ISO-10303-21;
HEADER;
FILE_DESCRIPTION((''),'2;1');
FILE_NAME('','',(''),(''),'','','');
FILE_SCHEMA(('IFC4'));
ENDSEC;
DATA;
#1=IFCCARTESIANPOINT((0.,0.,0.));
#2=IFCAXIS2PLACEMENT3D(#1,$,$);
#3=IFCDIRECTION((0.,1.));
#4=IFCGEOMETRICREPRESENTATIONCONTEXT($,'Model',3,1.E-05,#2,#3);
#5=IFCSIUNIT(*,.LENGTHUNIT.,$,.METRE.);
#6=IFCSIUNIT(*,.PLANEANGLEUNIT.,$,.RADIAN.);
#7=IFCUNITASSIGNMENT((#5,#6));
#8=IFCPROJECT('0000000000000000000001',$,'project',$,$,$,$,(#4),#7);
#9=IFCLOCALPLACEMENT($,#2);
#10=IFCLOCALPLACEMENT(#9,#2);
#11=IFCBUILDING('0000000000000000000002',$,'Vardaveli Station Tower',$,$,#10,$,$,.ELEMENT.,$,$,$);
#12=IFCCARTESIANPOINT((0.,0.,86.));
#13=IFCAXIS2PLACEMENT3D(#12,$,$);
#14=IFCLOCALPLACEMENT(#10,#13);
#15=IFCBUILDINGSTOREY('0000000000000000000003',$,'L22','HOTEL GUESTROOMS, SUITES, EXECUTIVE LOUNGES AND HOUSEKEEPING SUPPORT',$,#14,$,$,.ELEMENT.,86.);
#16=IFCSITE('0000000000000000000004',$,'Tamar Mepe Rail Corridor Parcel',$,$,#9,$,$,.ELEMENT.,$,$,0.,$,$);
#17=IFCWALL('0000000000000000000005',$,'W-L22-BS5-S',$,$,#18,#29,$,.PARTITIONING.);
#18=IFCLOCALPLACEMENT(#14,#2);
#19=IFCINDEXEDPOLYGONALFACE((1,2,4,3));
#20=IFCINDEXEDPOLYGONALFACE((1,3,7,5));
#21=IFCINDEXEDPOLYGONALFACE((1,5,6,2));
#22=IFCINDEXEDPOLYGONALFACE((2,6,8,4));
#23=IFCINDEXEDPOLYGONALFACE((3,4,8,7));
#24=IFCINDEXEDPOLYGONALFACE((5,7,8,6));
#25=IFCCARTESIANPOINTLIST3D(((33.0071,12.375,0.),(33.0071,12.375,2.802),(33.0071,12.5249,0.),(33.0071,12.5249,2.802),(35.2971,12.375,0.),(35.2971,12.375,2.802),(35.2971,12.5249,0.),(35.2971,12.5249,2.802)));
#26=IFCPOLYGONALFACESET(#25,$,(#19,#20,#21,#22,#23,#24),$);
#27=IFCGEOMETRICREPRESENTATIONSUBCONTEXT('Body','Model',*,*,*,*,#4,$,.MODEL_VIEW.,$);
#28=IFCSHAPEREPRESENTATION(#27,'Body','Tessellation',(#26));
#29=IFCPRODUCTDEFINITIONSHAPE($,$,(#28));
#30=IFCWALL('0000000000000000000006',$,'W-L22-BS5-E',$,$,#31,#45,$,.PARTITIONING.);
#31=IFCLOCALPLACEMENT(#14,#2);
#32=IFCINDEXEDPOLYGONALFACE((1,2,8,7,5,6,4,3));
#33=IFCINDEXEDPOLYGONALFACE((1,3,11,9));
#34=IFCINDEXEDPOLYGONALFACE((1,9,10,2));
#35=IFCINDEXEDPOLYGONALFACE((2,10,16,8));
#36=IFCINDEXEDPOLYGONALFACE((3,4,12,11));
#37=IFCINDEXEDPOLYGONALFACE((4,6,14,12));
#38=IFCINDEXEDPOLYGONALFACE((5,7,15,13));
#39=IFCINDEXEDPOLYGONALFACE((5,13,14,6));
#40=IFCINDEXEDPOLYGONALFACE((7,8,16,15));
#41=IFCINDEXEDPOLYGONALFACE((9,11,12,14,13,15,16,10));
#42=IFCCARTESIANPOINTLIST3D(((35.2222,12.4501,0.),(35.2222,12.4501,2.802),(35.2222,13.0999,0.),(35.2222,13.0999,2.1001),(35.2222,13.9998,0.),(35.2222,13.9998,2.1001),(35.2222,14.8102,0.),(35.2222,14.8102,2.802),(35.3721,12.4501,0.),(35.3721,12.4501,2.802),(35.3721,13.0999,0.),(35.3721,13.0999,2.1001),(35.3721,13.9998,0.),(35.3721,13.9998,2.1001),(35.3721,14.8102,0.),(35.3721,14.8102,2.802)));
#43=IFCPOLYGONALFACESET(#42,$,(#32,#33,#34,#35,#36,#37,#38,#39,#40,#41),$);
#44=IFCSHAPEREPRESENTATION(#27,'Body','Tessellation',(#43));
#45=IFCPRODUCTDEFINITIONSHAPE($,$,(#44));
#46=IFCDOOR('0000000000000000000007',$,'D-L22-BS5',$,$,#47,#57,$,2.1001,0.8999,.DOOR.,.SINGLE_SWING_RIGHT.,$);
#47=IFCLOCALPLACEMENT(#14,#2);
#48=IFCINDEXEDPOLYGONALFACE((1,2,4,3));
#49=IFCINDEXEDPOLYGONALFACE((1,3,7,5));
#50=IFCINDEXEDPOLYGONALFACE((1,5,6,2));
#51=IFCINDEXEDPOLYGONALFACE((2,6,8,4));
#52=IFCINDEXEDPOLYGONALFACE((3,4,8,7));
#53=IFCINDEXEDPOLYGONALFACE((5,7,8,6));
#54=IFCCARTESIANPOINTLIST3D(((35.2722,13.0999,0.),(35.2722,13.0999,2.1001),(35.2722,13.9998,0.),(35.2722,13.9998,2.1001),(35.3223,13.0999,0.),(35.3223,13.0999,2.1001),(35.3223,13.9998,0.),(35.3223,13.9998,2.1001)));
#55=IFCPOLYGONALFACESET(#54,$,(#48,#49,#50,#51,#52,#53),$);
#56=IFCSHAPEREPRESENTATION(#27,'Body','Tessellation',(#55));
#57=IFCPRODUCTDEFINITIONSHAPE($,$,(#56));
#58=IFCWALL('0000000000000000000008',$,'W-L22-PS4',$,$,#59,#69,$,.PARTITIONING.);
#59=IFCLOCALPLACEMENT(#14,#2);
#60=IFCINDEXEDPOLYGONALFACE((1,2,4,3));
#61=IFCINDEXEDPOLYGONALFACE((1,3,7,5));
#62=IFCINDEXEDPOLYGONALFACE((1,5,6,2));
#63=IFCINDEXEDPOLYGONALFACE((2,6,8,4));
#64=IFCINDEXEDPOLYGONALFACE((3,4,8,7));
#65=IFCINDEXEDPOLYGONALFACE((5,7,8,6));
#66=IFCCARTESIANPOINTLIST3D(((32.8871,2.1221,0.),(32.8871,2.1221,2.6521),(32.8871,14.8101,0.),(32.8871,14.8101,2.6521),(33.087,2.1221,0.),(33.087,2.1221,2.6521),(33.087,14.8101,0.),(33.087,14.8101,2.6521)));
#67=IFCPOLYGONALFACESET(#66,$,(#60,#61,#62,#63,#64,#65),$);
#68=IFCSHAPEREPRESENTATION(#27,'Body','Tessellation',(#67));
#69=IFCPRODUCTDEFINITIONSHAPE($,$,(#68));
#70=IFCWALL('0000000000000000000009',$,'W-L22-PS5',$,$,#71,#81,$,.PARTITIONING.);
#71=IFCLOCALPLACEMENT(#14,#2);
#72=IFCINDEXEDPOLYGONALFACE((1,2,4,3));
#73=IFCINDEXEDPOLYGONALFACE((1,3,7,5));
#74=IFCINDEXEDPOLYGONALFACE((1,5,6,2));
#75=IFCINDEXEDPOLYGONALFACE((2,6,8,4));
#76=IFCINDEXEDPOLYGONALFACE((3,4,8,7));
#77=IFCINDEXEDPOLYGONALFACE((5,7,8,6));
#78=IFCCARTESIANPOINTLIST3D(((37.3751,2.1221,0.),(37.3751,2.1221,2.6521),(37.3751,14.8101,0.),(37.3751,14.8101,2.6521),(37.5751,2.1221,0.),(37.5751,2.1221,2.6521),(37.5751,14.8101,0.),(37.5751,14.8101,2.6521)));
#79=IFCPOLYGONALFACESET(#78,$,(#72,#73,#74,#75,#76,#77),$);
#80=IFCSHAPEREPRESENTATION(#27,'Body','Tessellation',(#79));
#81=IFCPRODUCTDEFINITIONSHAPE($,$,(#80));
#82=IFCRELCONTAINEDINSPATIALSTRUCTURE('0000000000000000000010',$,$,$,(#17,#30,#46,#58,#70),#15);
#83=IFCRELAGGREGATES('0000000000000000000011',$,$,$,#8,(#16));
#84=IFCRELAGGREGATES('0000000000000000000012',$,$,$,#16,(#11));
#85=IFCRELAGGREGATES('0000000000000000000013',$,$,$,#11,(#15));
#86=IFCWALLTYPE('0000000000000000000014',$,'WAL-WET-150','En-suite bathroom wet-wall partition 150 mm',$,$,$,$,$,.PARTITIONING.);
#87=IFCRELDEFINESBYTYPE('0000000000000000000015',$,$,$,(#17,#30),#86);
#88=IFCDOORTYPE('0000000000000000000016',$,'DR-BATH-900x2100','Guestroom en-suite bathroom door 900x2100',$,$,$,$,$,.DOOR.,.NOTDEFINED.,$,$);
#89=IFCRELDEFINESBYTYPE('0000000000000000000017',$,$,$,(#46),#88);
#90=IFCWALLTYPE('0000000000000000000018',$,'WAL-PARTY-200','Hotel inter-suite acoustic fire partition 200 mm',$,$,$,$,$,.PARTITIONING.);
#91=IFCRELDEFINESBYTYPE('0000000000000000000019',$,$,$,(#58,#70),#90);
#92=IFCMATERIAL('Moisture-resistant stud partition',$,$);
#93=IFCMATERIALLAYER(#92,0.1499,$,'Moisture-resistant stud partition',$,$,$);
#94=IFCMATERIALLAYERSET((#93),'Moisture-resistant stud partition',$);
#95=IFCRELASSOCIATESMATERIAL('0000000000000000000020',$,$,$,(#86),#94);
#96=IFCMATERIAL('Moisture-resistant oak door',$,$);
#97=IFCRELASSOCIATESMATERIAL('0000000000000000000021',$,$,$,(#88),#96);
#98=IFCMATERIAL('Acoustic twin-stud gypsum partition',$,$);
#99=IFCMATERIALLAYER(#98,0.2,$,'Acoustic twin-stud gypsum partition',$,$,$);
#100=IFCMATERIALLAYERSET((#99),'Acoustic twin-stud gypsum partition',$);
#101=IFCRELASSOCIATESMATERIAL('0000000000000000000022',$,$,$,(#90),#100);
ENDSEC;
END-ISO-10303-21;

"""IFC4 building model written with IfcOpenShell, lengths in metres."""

from ifc_helpers import new_model, si_unit, direction, frame, frame_2d, origin, place, context, subcontext, project, spatial, rectangle, extrude, source, transform, mapped, material, layer, layer_set, type_object, element, fill, save


model = new_model("IFC4")

# Units and contexts
model_context = context("Model", 3, precision=1e-05, world=origin(), true_north=direction((0.0, 1.0)))
body_context = subcontext(model_context, "Body", "Model", "MODEL_VIEW")
ifc_project = project(units=[si_unit("LENGTHUNIT", "METRE"), si_unit("PLANEANGLEUNIT", "RADIAN")], contexts=[model_context])

# Site, building, storey
site_placement = place(None, origin())
site = spatial("IfcSite", under=ifc_project, at=site_placement, Name="Tamar Mepe Rail Corridor Parcel", CompositionType="ELEMENT", RefElevation=0.0)
building_placement = place(site_placement, origin())
building = spatial("IfcBuilding", under=site, at=building_placement, Name="Vardaveli Station Tower", CompositionType="ELEMENT")
storey_placement = place(building_placement, frame((0.0, 0.0, 86.0)))
storey = spatial("IfcBuildingStorey", under=building, at=storey_placement, Name="L22", Description="HOTEL GUESTROOMS, SUITES, EXECUTIVE LOUNGES AND HOUSEKEEPING SUPPORT", CompositionType="ELEMENT", Elevation=86.0)

# Wall
ifc_material_1 = material(Name="Moisture-resistant stud partition")
ifc_layer_1 = layer(ifc_material_1, 0.1499, Name="Moisture-resistant stud partition")
ifc_layer_set_1 = layer_set([ifc_layer_1], Name="Moisture-resistant stud partition")
wall_type_1 = type_object("IfcWallType", Name="WAL-WET-150", Description="En-suite bathroom wet-wall partition 150 mm", PredefinedType="PARTITIONING", material=ifc_layer_set_1)
shared_shape_1 = source(origin(), body_context, "Body", "SweptSolid", [
    extrude(rectangle(XDim=2.29, YDim=0.1499, at=frame_2d((1.145, 0.0))), origin(), (0.0, 0.0, 1.0), 2.802),
])
wall_1_placement = place(storey_placement, frame((33.0071, 12.45, 0.0), z_axis=(0.0, 0.0, 1.0), x_axis=(1.0, 0.0, 0.0)))
element("IfcWall", 1, at=wall_1_placement, inside=storey, type_object=wall_type_1, Name="W-L22-BS5-S", PredefinedType="PARTITIONING", context=body_context, shape_type="MappedRepresentation", body=[
    mapped(shared_shape_1, transform((0.0, 0.0, 0.0), scale=1.0)),
])

# Wall, opening, door
shared_shape_2 = source(origin(), body_context, "Body", "SweptSolid", [
    extrude(rectangle(XDim=2.3601, YDim=0.1499, at=frame_2d((1.1802, 0.0))), origin(), (0.0, 0.0, 1.0), 2.802),
])
wall_2_placement = place(storey_placement, frame((35.2971, 12.45, 0.0), z_axis=(0.0, 0.0, 1.0), x_axis=(0.0, 1.0, 0.0)))
wall_2 = element("IfcWall", 2, at=wall_2_placement, inside=storey, type_object=wall_type_1, Name="W-L22-BS5-E", PredefinedType="PARTITIONING", context=body_context, shape_type="MappedRepresentation", body=[
    mapped(shared_shape_2, transform((0.0, 0.0, 0.0), scale=1.0)),
])
shared_shape_3 = source(origin(), body_context, "Body", "SweptSolid", [
    extrude(rectangle(XDim=0.8999, YDim=2.1001, at=frame_2d((0.45, 1.05))), frame((0.0, 0.085, 0.0), z_axis=(0.0, -1.0, 0.0), x_axis=(1.0, 0.0, 0.0)), (0.0, 0.0, 1.0), 0.1699),
])
opening_placement = place(wall_2_placement, frame((0.6499, 0.0, 0.0)))
opening = element("IfcOpeningElement", 3, at=opening_placement, cuts=wall_2, PredefinedType="OPENING", context=body_context, shape_type="MappedRepresentation", body=[
    mapped(shared_shape_3, transform((0.0, 0.0, 0.0), scale=1.0)),
])
ifc_material_2 = material(Name="Moisture-resistant oak door")
door_type = type_object("IfcDoorType", Name="DR-BATH-900x2100", Description="Guestroom en-suite bathroom door 900x2100", OperationType="NOTDEFINED", PredefinedType="DOOR", material=ifc_material_2)
shared_shape_4 = source(origin(), body_context, "Body", "SweptSolid", [
    extrude(rectangle(XDim=0.8999, YDim=2.1001, at=frame_2d((0.45, 1.05))), frame((0.0, 0.0249, 0.0), z_axis=(0.0, -1.0, 0.0), x_axis=(1.0, 0.0, 0.0)), (0.0, 0.0, 1.0), 0.05),
])
door_placement = place(opening_placement, origin())
door = element("IfcDoor", 4, at=door_placement, inside=storey, type_object=door_type, Name="D-L22-BS5", OperationType="SINGLE_SWING_RIGHT", OverallHeight=2.1001, OverallWidth=0.8999, PredefinedType="DOOR", context=body_context, shape_type="MappedRepresentation", body=[
    mapped(shared_shape_4, transform((0.0, 0.0, 0.0), scale=1.0)),
])
fill(opening, door)

# Walls
ifc_material_3 = material(Name="Acoustic twin-stud gypsum partition")
ifc_layer_2 = layer(ifc_material_3, 0.2, Name="Acoustic twin-stud gypsum partition")
ifc_layer_set_2 = layer_set([ifc_layer_2], Name="Acoustic twin-stud gypsum partition")
wall_type_2 = type_object("IfcWallType", Name="WAL-PARTY-200", Description="Hotel inter-suite acoustic fire partition 200 mm", PredefinedType="PARTITIONING", material=ifc_layer_set_2)
shared_shape_5 = source(origin(), body_context, "Body", "SweptSolid", [
    extrude(rectangle(XDim=12.688, YDim=0.2, at=frame_2d((6.344, 0.0))), origin(), (0.0, 0.0, 1.0), 2.6521),
])
for number, where, z_axis, x_axis, name in (
    (5, (32.9871, 2.1221, 0.0), (0.0, 0.0, 1.0), (0.0, 1.0, 0.0), "W-L22-PS4"),
    (6, (37.4751, 2.1221, 0.0), (0.0, 0.0, 1.0), (0.0, 1.0, 0.0), "W-L22-PS5"),
):
    element("IfcWall", number, at=place(storey_placement, frame(where, z_axis=z_axis, x_axis=x_axis)), inside=storey, type_object=wall_type_2, Name=name, PredefinedType="PARTITIONING", context=body_context, shape_type="MappedRepresentation", body=[
        mapped(shared_shape_5, transform((0.0, 0.0, 0.0), scale=1.0)),
    ])

save(model, "model.ifc")
